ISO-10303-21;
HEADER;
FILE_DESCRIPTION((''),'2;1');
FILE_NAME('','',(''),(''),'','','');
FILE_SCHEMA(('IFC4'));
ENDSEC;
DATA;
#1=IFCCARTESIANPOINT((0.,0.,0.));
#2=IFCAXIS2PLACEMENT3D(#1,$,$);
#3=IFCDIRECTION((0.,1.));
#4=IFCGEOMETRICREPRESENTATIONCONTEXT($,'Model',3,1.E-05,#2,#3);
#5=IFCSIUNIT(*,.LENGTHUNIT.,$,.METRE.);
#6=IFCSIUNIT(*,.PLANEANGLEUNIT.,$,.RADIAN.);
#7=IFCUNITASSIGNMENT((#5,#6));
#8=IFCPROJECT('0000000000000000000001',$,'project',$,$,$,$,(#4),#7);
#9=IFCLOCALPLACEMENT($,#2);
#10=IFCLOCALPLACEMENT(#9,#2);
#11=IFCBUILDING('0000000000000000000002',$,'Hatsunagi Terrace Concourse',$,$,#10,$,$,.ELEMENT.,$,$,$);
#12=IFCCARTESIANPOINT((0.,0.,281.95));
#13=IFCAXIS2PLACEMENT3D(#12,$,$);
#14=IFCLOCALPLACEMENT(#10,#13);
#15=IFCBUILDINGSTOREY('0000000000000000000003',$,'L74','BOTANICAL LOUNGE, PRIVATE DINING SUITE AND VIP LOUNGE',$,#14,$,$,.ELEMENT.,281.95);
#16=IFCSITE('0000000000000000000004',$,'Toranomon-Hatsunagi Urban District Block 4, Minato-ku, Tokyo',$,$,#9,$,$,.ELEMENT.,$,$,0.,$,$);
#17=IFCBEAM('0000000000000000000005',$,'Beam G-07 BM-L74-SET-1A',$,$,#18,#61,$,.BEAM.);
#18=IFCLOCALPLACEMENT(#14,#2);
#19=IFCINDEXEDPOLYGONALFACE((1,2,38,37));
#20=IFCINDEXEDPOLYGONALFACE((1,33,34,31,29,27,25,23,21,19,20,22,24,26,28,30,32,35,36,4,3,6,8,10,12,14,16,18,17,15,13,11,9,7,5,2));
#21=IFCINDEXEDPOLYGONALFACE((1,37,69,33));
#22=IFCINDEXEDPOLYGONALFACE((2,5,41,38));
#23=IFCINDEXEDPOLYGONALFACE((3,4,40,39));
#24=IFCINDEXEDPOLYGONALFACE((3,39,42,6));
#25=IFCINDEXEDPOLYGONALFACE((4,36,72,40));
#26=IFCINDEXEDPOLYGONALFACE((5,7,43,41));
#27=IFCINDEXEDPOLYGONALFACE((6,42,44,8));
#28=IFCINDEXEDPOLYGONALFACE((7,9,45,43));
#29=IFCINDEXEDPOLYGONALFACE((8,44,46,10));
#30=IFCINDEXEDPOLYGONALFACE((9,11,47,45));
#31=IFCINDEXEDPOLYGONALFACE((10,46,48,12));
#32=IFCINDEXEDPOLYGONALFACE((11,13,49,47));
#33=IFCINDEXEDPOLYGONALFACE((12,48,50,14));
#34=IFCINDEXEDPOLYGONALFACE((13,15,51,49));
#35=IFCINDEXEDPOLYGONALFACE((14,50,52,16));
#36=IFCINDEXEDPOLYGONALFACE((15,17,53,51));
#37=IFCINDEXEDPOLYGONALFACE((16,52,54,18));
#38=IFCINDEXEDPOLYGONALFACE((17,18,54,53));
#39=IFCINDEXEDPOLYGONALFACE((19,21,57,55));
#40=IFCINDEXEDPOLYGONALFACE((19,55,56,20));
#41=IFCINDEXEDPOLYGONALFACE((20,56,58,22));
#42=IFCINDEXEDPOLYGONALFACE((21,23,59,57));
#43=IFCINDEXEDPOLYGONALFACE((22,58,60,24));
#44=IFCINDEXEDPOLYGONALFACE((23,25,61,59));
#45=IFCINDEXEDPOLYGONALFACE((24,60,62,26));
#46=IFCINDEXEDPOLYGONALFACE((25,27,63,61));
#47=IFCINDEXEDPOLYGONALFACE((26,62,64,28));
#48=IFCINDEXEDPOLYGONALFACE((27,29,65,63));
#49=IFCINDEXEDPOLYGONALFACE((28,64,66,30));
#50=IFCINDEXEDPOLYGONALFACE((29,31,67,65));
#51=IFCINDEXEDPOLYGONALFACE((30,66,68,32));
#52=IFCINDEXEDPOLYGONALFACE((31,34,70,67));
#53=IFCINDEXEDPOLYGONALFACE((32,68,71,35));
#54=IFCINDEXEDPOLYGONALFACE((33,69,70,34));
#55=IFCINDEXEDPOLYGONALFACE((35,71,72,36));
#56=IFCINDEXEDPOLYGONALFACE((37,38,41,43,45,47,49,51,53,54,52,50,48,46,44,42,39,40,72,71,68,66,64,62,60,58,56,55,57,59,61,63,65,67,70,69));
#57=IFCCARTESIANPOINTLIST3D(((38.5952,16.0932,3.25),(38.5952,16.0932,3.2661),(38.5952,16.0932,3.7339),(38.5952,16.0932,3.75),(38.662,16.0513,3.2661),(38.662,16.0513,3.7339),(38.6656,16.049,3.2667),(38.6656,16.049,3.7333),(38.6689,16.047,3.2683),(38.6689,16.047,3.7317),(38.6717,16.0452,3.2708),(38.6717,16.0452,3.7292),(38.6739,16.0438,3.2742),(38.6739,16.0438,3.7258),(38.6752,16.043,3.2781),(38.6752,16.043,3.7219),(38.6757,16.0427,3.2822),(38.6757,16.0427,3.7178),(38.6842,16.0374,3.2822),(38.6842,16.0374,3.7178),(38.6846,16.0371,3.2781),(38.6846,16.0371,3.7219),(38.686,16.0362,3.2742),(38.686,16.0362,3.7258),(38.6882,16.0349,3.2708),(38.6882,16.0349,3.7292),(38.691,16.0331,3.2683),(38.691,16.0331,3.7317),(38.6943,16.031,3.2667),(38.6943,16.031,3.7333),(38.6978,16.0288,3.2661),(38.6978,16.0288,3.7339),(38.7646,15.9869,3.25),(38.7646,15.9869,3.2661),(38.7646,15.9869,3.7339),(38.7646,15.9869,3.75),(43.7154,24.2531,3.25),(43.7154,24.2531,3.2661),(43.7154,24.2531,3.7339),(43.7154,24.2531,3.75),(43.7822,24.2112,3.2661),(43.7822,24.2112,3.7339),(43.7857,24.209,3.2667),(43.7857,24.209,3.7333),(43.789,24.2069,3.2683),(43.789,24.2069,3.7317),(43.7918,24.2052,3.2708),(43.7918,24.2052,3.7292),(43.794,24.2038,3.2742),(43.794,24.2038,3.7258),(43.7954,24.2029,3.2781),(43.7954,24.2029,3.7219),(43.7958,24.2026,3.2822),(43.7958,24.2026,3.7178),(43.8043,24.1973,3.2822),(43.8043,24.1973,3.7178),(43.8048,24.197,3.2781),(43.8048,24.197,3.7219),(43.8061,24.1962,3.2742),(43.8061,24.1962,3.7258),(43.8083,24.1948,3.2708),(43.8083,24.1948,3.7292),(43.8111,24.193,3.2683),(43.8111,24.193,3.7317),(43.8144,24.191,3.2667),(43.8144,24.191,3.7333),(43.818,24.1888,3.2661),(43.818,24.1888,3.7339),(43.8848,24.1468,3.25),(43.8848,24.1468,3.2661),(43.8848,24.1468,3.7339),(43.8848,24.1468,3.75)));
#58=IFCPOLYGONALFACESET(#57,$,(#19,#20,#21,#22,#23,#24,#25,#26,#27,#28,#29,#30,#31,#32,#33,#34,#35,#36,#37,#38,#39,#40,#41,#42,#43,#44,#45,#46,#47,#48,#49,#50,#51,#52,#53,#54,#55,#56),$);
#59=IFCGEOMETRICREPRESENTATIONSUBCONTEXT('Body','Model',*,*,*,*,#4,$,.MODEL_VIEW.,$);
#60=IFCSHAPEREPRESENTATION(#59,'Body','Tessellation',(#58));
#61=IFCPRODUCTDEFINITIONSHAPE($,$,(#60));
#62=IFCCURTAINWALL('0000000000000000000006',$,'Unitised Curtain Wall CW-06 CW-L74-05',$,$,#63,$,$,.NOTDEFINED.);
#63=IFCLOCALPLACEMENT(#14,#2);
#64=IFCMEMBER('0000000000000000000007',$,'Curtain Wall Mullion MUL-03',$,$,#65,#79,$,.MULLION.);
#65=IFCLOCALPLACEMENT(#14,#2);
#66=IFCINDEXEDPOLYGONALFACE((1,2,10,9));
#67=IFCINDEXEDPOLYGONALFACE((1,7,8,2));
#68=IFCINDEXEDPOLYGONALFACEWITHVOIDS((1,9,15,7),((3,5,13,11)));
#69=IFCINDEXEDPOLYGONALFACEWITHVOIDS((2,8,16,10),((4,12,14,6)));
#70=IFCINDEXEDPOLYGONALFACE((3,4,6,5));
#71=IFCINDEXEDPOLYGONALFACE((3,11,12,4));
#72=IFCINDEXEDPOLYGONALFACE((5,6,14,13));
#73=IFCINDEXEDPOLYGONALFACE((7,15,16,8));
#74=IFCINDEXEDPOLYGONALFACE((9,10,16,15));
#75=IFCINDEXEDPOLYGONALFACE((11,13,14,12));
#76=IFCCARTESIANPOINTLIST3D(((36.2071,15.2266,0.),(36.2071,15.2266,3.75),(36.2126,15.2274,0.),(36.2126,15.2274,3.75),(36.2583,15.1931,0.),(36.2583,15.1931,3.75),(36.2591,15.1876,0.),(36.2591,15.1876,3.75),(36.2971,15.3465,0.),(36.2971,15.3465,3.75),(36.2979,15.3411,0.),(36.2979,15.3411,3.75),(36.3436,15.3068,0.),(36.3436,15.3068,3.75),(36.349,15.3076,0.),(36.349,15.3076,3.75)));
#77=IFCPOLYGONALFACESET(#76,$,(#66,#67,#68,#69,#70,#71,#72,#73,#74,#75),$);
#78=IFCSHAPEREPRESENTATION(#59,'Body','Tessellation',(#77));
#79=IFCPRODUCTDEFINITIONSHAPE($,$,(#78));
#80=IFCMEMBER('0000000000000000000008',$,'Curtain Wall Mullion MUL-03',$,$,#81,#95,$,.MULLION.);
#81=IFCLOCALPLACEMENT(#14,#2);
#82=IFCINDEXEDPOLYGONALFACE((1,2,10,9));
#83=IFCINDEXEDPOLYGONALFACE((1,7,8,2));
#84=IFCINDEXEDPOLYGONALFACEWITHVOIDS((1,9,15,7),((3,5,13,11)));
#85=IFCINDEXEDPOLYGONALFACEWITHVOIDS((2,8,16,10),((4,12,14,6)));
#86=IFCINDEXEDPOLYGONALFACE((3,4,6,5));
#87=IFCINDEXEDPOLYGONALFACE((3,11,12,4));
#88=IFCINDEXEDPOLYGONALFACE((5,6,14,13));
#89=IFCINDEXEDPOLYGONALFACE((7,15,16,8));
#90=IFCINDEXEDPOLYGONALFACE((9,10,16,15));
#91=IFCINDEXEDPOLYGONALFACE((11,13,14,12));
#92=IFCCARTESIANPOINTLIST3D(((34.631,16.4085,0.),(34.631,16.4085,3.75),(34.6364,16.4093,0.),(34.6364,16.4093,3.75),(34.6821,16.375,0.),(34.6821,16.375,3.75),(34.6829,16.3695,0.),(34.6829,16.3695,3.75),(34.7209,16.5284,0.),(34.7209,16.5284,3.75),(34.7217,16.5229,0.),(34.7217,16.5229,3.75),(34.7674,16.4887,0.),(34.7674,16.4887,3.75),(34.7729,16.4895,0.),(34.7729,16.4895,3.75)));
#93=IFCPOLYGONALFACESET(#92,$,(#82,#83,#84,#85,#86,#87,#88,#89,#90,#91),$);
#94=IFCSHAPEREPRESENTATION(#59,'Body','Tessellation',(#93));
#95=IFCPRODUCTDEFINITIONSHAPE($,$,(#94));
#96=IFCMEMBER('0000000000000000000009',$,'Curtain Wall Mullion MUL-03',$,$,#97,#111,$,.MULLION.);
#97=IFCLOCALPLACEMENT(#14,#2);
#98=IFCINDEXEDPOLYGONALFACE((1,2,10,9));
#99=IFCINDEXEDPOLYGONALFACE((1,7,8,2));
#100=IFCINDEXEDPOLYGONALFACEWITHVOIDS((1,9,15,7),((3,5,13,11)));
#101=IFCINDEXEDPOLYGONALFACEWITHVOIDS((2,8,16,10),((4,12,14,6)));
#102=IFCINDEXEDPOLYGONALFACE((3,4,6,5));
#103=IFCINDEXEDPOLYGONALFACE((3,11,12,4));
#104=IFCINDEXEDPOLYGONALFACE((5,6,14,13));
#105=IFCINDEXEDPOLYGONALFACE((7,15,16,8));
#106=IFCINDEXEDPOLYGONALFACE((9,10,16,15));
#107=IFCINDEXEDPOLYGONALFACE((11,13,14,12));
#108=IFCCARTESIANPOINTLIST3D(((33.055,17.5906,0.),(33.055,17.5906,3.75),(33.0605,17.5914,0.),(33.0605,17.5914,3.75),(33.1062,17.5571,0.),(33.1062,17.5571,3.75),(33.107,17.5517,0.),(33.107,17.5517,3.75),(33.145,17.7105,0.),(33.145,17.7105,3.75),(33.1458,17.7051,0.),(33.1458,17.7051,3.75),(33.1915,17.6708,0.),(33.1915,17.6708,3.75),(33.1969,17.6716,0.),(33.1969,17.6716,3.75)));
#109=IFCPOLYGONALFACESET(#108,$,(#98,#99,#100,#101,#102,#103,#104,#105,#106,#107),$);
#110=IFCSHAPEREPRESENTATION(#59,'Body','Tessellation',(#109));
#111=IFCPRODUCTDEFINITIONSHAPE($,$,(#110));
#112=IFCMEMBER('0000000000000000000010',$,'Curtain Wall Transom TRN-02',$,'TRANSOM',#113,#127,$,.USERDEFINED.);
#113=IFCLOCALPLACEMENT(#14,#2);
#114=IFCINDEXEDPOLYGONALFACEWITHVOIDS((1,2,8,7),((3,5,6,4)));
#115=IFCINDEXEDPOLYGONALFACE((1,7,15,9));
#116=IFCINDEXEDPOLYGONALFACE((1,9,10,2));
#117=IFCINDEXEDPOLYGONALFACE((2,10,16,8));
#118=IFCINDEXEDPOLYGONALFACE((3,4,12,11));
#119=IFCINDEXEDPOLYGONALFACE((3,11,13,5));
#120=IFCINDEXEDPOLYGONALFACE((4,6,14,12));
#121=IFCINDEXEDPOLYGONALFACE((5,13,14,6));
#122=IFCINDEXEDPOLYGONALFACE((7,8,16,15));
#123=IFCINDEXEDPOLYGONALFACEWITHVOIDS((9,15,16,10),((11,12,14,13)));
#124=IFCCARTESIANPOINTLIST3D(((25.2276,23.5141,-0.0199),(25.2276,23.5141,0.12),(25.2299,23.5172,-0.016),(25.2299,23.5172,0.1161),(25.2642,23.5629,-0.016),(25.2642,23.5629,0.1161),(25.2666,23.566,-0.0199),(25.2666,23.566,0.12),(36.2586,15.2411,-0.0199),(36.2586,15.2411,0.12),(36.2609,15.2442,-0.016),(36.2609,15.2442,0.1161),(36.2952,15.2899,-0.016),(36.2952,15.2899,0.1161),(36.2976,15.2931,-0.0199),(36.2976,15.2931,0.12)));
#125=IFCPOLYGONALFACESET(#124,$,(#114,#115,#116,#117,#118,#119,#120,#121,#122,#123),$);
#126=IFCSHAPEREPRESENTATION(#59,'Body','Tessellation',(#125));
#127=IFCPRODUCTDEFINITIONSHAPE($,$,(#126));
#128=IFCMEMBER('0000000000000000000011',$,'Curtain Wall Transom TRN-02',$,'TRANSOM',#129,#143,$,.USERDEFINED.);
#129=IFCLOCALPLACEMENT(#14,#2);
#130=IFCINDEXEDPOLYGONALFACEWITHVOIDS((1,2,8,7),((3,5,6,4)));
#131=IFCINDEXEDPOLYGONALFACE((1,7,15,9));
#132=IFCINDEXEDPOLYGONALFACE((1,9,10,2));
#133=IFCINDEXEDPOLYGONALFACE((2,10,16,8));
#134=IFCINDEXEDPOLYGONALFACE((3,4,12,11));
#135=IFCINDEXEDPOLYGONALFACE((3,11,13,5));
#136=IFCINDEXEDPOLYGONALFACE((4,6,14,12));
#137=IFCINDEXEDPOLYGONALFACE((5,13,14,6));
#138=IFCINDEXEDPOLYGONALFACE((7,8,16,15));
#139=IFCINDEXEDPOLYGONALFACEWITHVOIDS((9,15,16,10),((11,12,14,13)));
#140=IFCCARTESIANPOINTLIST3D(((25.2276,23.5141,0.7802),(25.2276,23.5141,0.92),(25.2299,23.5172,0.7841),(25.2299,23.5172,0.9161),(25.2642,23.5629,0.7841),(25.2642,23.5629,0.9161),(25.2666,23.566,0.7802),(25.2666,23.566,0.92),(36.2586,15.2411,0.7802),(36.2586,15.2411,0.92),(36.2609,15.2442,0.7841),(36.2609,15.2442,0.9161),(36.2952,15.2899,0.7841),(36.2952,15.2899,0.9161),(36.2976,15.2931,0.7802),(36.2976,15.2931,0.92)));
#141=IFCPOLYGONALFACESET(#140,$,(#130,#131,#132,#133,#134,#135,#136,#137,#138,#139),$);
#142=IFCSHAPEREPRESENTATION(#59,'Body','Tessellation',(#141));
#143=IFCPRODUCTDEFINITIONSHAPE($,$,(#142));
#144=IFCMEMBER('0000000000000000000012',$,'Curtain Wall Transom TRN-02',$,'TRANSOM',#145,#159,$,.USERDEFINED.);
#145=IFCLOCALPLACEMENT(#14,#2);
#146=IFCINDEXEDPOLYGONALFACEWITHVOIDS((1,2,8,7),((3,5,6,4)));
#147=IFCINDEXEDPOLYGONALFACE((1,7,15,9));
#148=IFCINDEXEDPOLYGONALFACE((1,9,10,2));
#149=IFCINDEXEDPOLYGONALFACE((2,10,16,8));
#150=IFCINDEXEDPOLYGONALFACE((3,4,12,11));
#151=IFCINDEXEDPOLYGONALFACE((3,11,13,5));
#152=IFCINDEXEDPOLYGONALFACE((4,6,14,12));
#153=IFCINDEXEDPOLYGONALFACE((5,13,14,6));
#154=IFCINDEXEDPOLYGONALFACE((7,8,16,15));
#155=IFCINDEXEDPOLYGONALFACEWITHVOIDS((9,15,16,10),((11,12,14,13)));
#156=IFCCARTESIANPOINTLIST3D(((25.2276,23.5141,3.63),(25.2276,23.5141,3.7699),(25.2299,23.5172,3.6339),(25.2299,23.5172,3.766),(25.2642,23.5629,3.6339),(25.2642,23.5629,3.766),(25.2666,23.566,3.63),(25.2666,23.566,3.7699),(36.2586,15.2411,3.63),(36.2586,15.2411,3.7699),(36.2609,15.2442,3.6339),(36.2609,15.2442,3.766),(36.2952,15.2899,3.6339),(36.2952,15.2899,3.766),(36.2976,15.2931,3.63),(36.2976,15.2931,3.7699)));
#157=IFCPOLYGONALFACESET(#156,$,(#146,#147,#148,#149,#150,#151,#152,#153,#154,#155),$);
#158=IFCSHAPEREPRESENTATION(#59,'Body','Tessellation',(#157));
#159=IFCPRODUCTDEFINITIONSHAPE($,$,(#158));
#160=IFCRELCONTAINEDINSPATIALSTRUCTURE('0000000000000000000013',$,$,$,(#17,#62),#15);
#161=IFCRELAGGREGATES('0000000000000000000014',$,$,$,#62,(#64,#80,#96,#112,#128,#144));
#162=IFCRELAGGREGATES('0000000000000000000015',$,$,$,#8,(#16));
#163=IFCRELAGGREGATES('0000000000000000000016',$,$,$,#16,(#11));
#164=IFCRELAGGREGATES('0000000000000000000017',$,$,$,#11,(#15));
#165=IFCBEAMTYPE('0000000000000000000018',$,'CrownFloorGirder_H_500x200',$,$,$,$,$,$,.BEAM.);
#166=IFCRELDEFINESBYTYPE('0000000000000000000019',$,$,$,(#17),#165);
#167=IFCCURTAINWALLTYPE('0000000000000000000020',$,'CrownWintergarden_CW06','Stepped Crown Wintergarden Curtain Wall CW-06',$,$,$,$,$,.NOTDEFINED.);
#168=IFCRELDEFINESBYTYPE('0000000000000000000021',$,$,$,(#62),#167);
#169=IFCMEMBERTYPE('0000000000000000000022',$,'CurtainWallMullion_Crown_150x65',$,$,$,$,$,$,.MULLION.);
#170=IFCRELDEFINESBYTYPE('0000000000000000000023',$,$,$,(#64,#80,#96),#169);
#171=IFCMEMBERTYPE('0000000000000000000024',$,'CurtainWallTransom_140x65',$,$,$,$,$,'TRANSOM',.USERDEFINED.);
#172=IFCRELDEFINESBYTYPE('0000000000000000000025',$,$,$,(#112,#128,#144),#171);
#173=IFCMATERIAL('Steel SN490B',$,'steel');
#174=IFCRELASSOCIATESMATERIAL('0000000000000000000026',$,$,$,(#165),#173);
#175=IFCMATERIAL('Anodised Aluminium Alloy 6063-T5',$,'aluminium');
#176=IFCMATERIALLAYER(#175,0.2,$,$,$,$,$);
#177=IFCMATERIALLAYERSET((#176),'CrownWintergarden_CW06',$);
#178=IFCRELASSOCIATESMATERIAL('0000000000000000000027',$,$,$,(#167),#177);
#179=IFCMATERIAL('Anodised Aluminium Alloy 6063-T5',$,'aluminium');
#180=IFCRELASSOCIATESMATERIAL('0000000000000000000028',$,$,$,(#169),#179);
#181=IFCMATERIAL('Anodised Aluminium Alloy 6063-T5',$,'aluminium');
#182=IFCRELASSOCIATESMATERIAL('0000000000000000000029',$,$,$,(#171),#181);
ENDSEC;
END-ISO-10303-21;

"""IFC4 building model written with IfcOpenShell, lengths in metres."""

from ifc_helpers import new_model, si_unit, direction, frame, origin, origin_2d, place, context, subcontext, project, spatial, hollow_rectangle, i_section, extrude, material, layer, layer_set, material_profile, profile_set, type_object, element, aggregate, save


model = new_model("IFC4")

# Units and contexts
model_context = context("Model", 3, precision=1e-05, world=origin(), true_north=direction((0.0, 1.0)))
body_context = subcontext(model_context, "Body", "Model", "MODEL_VIEW")
ifc_project = project(units=[si_unit("LENGTHUNIT", "METRE"), si_unit("PLANEANGLEUNIT", "RADIAN")], contexts=[model_context])

# Site, building, storey
site_placement = place(None, origin())
site = spatial("IfcSite", under=ifc_project, at=site_placement, Name="Toranomon-Hatsunagi Urban District Block 4, Minato-ku, Tokyo", CompositionType="ELEMENT", RefElevation=0.0)
building_placement = place(site_placement, origin())
building = spatial("IfcBuilding", under=site, at=building_placement, Name="Hatsunagi Terrace Concourse", CompositionType="ELEMENT")
storey_placement = place(building_placement, frame((0.0, 0.0, 281.95)))
storey = spatial("IfcBuildingStorey", under=building, at=storey_placement, Name="L74", Description="BOTANICAL LOUNGE, PRIVATE DINING SUITE AND VIP LOUNGE", CompositionType="ELEMENT", Elevation=281.95)

# Beam
ifc_material_1 = material(Name="Steel SN490B", Category="steel")
ifc_material_profile_1 = material_profile(ifc_material_1, i_section(OverallWidth=0.2, OverallDepth=0.5, WebThickness=0.01, FlangeThickness=0.0161, FilletRadius=0.0161, at=origin_2d()), Name="H-500x200x10x16")
ifc_profile_set_1 = profile_set([ifc_material_profile_1], Name="Steel SN490B")
beam_type_1 = type_object("IfcBeamType", Name="CrownFloorGirder_H_500x200", PredefinedType="BEAM", material=ifc_profile_set_1)
beam_1_placement = place(storey_placement, frame((38.6799, 16.04, 3.5), z_axis=(0.531504, 0.847056, 0.0), x_axis=(-0.847056, 0.531504, 0.0)))
element("IfcBeam", 1, at=beam_1_placement, inside=storey, type_object=beam_type_1, Name="Beam G-07 BM-L74-SET-1A", PredefinedType="BEAM", context=body_context, shape_type="SweptSolid", body=[
    extrude(i_section(OverallWidth=0.2, OverallDepth=0.5, WebThickness=0.01, FlangeThickness=0.0161, FilletRadius=0.0161, at=origin_2d()), origin(), (0.0, 0.0, 1.0), 9.6333),
])

# Curtain wall, members
ifc_material_2 = material(Name="Anodised Aluminium Alloy 6063-T5", Category="aluminium")
ifc_layer_1 = layer(ifc_material_2, 0.2)
ifc_layer_set_1 = layer_set([ifc_layer_1], Name="CrownWintergarden_CW06")
curtain_wall_type = type_object("IfcCurtainWallType", Name="CrownWintergarden_CW06", Description="Stepped Crown Wintergarden Curtain Wall CW-06", PredefinedType="NOTDEFINED", material=ifc_layer_set_1)
curtain_wall_placement = place(storey_placement, origin())
curtain_wall = element("IfcCurtainWall", 2, at=curtain_wall_placement, inside=storey, type_object=curtain_wall_type, Name="Unitised Curtain Wall CW-06 CW-L74-05", PredefinedType="NOTDEFINED")
ifc_material_3 = material(Name="Anodised Aluminium Alloy 6063-T5", Category="aluminium")
ifc_material_profile_2 = material_profile(ifc_material_3, hollow_rectangle(XDim=0.0649, YDim=0.1499, WallThickness=0.0039, at=origin_2d()), Name="ALU-MUL-150x65x4")
ifc_profile_set_2 = profile_set([ifc_material_profile_2], Name="Anodised Aluminium Alloy 6063-T5")
member_type_1 = type_object("IfcMemberType", Name="CurtainWallMullion_Crown_150x65", PredefinedType="MULLION", material=ifc_profile_set_2)
member_1_placement = place(storey_placement, frame((36.2781, 15.2671, 0.0), z_axis=(0.0, 0.0, 1.0), x_axis=(-0.800008, 0.599989, 0.0)))
member_1 = element("IfcMember", 3, at=member_1_placement, type_object=member_type_1, Name="Curtain Wall Mullion MUL-03", PredefinedType="MULLION", context=body_context, shape_type="SweptSolid", body=[
    extrude(hollow_rectangle(XDim=0.0649, YDim=0.1499, WallThickness=0.0039, at=origin_2d()), origin(), (0.0, 0.0, 1.0), 3.75),
])
member_2_placement = place(storey_placement, frame((34.7019, 16.449, 0.0), z_axis=(0.0, 0.0, 1.0), x_axis=(-0.800008, 0.599989, 0.0)))
member_2 = element("IfcMember", 4, at=member_2_placement, type_object=member_type_1, Name="Curtain Wall Mullion MUL-03", PredefinedType="MULLION", context=body_context, shape_type="SweptSolid", body=[
    extrude(hollow_rectangle(XDim=0.0649, YDim=0.1499, WallThickness=0.0039, at=origin_2d()), origin(), (0.0, 0.0, 1.0), 3.75),
])
member_3_placement = place(storey_placement, frame((33.126, 17.6311, 0.0), z_axis=(0.0, 0.0, 1.0), x_axis=(-0.800008, 0.599989, 0.0)))
member_3 = element("IfcMember", 5, at=member_3_placement, type_object=member_type_1, Name="Curtain Wall Mullion MUL-03", PredefinedType="MULLION", context=body_context, shape_type="SweptSolid", body=[
    extrude(hollow_rectangle(XDim=0.0649, YDim=0.1499, WallThickness=0.0039, at=origin_2d()), origin(), (0.0, 0.0, 1.0), 3.75),
])
ifc_material_4 = material(Name="Anodised Aluminium Alloy 6063-T5", Category="aluminium")
ifc_material_profile_3 = material_profile(ifc_material_4, hollow_rectangle(XDim=0.0649, YDim=0.1399, WallThickness=0.0039, at=origin_2d()), Name="ALU-TRN-140x65x4")
ifc_profile_set_3 = profile_set([ifc_material_profile_3], Name="Anodised Aluminium Alloy 6063-T5")
member_type_2 = type_object("IfcMemberType", Name="CurtainWallTransom_140x65", ElementType="TRANSOM", PredefinedType="USERDEFINED", material=ifc_profile_set_3)
member_4_placement = place(storey_placement, frame((36.2781, 15.2671, 0.05), z_axis=(-0.800011, 0.599986, 0.0), x_axis=(-0.599986, -0.800011, 0.0)))
member_4 = element("IfcMember", 6, at=member_4_placement, type_object=member_type_2, Name="Curtain Wall Transom TRN-02", ObjectType="TRANSOM", PredefinedType="USERDEFINED", context=body_context, shape_type="SweptSolid", body=[
    extrude(hollow_rectangle(XDim=0.0649, YDim=0.1399, WallThickness=0.0039, at=origin_2d()), origin(), (0.0, 0.0, 1.0), 13.7886),
])
member_5_placement = place(storey_placement, frame((36.2781, 15.2671, 0.8501), z_axis=(-0.800011, 0.599986, 0.0), x_axis=(-0.599986, -0.800011, 0.0)))
member_5 = element("IfcMember", 7, at=member_5_placement, type_object=member_type_2, Name="Curtain Wall Transom TRN-02", ObjectType="TRANSOM", PredefinedType="USERDEFINED", context=body_context, shape_type="SweptSolid", body=[
    extrude(hollow_rectangle(XDim=0.0649, YDim=0.1399, WallThickness=0.0039, at=origin_2d()), origin(), (0.0, 0.0, 1.0), 13.7886),
])
member_6_placement = place(storey_placement, frame((36.2781, 15.2671, 3.7), z_axis=(-0.800011, 0.599986, 0.0), x_axis=(-0.599986, -0.800011, 0.0)))
member_6 = element("IfcMember", 8, at=member_6_placement, type_object=member_type_2, Name="Curtain Wall Transom TRN-02", ObjectType="TRANSOM", PredefinedType="USERDEFINED", context=body_context, shape_type="SweptSolid", body=[
    extrude(hollow_rectangle(XDim=0.0649, YDim=0.1399, WallThickness=0.0039, at=origin_2d()), origin(), (0.0, 0.0, 1.0), 13.7886),
])

aggregate(curtain_wall, [member_1, member_2, member_3, member_4, member_5, member_6])

save(model, "model.ifc")
